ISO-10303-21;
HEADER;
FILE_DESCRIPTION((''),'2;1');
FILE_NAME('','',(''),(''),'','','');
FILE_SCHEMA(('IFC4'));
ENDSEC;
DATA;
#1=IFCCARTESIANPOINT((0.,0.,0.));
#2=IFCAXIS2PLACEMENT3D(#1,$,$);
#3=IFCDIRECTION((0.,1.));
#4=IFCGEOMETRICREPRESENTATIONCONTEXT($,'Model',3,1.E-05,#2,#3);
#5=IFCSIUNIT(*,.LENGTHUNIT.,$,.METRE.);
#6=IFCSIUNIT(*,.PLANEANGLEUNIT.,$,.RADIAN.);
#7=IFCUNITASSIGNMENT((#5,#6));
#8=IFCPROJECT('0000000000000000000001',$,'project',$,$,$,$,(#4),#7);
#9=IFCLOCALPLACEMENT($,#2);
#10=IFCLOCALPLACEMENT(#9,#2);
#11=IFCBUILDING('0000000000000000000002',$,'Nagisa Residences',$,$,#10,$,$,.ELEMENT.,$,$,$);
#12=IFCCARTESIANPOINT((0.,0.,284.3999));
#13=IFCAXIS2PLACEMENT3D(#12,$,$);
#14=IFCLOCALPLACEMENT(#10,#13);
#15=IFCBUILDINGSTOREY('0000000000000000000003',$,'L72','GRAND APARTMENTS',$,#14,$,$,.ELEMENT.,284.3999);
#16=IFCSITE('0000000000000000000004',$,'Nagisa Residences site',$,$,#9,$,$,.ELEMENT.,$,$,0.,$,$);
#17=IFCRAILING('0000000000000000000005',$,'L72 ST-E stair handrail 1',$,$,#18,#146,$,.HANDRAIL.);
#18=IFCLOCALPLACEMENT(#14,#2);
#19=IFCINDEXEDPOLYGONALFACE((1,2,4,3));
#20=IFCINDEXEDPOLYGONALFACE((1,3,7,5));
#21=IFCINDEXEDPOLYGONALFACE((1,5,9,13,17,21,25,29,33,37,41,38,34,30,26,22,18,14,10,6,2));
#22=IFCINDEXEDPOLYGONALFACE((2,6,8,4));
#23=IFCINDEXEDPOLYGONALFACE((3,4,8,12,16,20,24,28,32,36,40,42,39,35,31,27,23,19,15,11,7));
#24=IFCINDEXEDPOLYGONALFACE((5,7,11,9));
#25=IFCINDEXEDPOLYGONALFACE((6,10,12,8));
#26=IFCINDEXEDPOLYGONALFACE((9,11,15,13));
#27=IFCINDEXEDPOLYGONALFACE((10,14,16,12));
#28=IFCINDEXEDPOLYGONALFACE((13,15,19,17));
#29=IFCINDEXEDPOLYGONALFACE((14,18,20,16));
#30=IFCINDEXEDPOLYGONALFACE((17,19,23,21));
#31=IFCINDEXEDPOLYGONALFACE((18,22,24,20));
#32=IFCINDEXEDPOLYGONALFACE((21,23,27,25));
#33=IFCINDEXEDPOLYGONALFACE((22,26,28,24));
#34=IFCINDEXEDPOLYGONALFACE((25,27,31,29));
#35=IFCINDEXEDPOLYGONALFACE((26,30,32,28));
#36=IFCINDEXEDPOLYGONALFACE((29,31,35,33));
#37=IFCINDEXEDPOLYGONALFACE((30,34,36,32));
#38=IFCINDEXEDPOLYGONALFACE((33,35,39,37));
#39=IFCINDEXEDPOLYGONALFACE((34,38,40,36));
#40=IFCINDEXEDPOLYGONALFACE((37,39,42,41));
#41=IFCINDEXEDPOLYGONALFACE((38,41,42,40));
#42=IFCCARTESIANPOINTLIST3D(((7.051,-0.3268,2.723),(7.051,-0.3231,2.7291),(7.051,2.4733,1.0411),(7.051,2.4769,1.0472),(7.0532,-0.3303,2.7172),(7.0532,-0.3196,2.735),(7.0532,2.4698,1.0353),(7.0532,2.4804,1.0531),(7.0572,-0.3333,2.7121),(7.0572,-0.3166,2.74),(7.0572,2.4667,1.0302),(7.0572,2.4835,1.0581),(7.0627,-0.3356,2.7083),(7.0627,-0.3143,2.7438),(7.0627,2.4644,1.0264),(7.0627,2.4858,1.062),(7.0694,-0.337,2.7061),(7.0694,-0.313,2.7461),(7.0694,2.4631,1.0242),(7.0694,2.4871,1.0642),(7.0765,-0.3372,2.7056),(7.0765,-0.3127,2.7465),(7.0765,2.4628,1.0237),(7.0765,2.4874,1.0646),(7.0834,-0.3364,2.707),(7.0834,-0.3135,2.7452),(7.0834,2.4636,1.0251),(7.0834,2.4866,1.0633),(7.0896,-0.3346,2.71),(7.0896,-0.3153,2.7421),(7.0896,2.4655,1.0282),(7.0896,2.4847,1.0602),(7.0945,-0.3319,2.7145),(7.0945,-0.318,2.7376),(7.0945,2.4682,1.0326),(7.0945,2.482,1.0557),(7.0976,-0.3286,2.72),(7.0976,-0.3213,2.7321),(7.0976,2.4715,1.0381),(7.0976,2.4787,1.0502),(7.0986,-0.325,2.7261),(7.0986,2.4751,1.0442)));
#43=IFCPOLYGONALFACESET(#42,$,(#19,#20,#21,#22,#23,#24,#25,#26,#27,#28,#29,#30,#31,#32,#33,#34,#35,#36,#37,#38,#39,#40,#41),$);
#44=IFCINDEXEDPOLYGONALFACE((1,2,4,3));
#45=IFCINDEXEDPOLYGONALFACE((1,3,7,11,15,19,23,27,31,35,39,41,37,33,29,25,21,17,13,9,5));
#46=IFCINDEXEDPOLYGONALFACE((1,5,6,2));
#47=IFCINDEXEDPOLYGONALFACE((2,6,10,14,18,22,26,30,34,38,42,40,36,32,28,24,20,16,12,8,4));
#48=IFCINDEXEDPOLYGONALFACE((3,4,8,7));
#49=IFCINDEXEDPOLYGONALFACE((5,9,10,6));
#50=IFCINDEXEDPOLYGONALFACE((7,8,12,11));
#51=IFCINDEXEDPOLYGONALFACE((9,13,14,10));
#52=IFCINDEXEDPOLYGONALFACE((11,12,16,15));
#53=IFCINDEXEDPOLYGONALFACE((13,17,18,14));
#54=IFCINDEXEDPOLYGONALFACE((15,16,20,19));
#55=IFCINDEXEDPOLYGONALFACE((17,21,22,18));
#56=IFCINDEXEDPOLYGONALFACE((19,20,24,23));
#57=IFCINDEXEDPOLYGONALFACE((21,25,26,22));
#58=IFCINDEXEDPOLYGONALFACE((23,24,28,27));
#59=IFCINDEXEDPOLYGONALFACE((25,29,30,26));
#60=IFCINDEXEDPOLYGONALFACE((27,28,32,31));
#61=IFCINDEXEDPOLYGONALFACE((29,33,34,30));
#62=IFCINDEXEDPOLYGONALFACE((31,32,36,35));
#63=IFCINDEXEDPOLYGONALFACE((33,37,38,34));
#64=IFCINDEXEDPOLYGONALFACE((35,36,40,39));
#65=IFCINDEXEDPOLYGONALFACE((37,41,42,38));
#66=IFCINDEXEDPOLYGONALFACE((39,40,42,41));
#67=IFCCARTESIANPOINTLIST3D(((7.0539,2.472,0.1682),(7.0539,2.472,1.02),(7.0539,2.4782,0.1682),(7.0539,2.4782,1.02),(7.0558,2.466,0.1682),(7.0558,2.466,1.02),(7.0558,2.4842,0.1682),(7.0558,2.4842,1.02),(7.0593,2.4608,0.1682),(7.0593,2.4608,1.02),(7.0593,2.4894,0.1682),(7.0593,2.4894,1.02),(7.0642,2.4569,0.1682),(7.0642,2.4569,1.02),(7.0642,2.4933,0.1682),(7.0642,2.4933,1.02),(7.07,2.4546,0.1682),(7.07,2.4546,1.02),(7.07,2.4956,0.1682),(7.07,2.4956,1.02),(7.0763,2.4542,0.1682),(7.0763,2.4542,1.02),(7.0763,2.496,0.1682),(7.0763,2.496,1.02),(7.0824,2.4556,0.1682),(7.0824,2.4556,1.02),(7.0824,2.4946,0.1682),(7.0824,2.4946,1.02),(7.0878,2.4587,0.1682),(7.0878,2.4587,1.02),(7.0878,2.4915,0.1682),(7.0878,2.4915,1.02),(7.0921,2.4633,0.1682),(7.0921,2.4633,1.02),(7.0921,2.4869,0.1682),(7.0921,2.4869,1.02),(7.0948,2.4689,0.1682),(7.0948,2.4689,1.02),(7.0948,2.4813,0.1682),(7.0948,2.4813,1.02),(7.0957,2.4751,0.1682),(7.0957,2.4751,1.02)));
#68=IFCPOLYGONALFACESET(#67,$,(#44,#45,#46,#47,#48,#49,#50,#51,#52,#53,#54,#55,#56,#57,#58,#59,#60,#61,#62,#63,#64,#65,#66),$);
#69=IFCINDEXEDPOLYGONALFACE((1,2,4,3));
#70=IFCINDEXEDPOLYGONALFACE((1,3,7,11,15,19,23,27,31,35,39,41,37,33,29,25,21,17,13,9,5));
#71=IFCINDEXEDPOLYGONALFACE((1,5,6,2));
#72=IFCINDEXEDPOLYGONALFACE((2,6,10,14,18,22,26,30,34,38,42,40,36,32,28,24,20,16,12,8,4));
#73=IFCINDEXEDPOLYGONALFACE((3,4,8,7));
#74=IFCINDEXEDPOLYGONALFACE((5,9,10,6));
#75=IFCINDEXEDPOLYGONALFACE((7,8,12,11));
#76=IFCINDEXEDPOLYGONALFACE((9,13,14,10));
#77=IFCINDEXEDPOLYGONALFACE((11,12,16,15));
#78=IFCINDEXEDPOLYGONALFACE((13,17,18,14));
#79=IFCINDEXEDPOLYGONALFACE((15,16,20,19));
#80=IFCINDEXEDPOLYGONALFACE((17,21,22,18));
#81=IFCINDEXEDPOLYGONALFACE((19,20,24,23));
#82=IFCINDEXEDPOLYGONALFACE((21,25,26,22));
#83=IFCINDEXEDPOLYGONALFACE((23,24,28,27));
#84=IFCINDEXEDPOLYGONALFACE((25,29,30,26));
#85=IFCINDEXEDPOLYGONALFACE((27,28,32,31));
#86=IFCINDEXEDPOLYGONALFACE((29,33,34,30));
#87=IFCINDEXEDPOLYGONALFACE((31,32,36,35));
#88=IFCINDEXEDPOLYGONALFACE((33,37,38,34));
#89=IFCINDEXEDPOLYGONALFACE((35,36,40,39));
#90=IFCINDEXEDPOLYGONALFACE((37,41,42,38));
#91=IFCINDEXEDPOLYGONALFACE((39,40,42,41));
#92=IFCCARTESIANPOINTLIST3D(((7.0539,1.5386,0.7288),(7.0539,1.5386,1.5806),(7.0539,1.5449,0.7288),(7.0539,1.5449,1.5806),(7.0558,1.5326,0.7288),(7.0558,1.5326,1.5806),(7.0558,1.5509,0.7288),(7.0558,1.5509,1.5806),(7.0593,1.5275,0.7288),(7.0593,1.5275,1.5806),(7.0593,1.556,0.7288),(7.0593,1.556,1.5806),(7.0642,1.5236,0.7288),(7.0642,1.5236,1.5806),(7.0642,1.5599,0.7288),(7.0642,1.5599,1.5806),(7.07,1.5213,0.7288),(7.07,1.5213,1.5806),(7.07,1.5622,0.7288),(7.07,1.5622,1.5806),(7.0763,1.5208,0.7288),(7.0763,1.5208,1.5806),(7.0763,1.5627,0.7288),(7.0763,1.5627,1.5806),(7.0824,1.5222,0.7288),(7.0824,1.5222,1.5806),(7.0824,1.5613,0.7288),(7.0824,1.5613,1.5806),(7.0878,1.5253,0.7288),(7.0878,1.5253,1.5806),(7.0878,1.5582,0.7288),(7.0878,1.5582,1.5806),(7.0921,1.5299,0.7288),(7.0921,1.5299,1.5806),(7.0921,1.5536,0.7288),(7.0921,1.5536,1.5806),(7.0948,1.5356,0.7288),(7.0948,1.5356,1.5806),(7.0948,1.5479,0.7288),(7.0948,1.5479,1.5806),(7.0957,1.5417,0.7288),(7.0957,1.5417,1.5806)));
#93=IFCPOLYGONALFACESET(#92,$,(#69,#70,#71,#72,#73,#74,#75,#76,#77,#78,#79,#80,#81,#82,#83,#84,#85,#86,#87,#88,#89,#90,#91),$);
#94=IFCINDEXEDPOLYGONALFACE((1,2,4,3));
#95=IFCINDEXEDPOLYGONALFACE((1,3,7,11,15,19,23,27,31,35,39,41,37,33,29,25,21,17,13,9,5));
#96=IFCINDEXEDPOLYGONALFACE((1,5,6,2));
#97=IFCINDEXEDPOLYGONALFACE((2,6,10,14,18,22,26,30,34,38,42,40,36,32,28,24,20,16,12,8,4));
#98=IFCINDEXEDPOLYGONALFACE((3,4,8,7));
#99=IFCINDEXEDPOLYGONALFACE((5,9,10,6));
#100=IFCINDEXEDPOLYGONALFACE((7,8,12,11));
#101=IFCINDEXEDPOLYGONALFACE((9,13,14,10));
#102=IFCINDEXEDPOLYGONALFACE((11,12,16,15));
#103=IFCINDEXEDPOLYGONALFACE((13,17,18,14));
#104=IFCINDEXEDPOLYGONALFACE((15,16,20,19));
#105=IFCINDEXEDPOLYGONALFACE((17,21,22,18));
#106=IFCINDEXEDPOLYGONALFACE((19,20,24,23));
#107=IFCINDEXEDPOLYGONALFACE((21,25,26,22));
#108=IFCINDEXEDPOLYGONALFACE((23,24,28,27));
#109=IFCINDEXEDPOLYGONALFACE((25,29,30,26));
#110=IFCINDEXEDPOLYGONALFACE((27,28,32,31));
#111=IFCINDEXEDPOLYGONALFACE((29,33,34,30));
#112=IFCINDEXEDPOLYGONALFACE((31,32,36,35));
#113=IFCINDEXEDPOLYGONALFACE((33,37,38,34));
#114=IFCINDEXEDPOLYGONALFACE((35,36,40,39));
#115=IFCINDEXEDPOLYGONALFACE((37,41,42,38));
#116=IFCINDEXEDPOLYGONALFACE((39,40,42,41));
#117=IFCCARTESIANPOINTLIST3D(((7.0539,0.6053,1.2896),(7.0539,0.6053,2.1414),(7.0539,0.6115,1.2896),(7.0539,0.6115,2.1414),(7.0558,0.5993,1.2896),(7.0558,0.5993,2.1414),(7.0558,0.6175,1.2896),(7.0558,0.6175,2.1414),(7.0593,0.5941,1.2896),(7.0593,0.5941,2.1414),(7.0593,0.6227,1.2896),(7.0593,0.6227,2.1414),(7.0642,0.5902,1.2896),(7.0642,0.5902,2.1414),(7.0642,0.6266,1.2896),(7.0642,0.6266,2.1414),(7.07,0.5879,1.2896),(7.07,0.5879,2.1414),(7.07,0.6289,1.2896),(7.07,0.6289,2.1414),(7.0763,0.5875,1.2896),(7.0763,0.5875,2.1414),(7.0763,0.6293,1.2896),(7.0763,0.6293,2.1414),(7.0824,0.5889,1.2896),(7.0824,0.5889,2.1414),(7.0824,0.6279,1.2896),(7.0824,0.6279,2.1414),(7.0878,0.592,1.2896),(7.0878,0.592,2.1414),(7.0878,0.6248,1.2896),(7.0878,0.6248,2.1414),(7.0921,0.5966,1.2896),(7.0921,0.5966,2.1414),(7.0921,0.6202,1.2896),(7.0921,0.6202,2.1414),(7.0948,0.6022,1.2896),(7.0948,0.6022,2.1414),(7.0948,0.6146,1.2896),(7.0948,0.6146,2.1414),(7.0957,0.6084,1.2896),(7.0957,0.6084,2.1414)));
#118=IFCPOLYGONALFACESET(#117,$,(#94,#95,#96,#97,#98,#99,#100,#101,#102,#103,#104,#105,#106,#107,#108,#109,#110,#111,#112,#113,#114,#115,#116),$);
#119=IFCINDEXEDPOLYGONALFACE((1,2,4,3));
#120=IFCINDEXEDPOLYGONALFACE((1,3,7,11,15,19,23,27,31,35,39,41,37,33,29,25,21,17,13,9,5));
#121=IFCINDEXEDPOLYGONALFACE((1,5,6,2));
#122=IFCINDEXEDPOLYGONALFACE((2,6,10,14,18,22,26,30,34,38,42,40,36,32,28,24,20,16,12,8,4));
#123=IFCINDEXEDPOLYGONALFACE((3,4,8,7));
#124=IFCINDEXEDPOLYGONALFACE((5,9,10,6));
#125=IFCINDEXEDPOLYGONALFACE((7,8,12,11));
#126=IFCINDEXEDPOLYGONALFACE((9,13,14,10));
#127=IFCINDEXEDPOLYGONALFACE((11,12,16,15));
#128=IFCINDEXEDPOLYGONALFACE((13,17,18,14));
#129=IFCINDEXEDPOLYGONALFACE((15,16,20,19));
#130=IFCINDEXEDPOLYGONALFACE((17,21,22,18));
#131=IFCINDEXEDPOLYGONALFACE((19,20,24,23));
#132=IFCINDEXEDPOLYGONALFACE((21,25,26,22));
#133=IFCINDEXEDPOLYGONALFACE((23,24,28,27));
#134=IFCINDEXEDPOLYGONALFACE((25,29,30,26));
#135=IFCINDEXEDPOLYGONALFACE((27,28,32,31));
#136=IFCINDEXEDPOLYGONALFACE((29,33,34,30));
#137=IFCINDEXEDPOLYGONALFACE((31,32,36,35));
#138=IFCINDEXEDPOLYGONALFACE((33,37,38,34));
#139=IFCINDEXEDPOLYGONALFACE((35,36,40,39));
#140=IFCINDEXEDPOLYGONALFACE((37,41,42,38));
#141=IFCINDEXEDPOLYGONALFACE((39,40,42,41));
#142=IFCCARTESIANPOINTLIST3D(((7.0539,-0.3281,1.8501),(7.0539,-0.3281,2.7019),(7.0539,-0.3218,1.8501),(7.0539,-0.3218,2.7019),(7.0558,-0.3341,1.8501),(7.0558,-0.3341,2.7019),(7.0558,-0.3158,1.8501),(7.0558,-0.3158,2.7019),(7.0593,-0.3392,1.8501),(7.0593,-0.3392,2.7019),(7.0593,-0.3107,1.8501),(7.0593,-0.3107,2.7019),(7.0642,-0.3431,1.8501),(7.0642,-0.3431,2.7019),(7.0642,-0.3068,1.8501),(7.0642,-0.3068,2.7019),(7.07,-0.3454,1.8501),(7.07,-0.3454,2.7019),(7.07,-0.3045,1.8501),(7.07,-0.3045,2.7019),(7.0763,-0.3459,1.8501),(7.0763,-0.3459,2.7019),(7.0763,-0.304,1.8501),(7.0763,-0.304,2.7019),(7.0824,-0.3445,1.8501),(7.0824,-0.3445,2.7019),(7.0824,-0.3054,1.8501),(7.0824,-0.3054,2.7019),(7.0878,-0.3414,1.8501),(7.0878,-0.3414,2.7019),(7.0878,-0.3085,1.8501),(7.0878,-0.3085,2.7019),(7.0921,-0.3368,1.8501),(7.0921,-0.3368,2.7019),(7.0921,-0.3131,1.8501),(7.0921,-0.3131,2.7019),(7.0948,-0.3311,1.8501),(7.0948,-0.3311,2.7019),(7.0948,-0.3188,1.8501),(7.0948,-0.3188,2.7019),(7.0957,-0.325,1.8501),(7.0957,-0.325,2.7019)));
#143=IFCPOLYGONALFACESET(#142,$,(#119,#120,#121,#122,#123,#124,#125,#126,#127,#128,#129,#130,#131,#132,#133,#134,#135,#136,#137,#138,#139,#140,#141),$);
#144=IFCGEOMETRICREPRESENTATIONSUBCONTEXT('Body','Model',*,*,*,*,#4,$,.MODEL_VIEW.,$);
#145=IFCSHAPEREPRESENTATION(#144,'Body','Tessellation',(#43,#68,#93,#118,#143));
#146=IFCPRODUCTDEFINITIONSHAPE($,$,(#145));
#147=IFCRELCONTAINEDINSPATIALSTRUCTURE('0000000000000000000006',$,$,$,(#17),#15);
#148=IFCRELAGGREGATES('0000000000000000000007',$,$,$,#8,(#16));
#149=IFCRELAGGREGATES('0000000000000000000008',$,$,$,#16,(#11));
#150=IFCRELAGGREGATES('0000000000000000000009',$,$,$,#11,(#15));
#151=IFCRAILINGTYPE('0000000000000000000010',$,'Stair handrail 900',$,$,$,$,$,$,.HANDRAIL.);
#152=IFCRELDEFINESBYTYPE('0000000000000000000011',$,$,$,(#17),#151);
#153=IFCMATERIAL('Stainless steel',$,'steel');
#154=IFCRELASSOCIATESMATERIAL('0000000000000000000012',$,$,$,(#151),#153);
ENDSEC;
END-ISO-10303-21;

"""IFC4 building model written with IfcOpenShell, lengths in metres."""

from ifc_helpers import new_model, si_unit, direction, frame, origin, origin_2d, place, context, subcontext, project, spatial, circle, extrude, material, type_object, element, save


model = new_model("IFC4")

# Units and contexts
model_context = context("Model", 3, precision=1e-05, world=origin(), true_north=direction((0.0, 1.0)))
body_context = subcontext(model_context, "Body", "Model", "MODEL_VIEW")
ifc_project = project(units=[si_unit("LENGTHUNIT", "METRE"), si_unit("PLANEANGLEUNIT", "RADIAN")], contexts=[model_context])

# Site, building, storey
site_placement = place(None, origin())
site = spatial("IfcSite", under=ifc_project, at=site_placement, Name="Nagisa Residences site", CompositionType="ELEMENT", RefElevation=0.0)
building_placement = place(site_placement, origin())
building = spatial("IfcBuilding", under=site, at=building_placement, Name="Nagisa Residences", CompositionType="ELEMENT")
storey_placement = place(building_placement, frame((0.0, 0.0, 284.3999)))
storey = spatial("IfcBuildingStorey", under=building, at=storey_placement, Name="L72", Description="GRAND APARTMENTS", CompositionType="ELEMENT", Elevation=284.3999)

# Railing
ifc_material_1 = material(Name="Stainless steel", Category="steel")
railing_type_1 = type_object("IfcRailingType", Name="Stair handrail 900", PredefinedType="HANDRAIL", material=ifc_material_1)
railing_1_placement = place(storey_placement, frame((7.0747, 2.4751, 0.1682)))
element("IfcRailing", 1, at=railing_1_placement, inside=storey, type_object=railing_type_1, Name="L72 ST-E stair handrail 1", PredefinedType="HANDRAIL", context=body_context, shape_type="SweptSolid", body=[
    extrude(circle(Radius=0.0239, at=origin_2d()), frame((0.0, 0.0, 0.876), z_axis=(0.0, -0.857242, 0.514913), x_axis=(1.0, 0.0, 0.0)), (0.0, 0.0, 1.0), 3.2664),
    extrude(circle(Radius=0.021, at=origin_2d()), origin(), (0.0, 0.0, 1.0), 0.8518),
    extrude(circle(Radius=0.021, at=origin_2d()), frame((0.0, -0.9333, 0.5605)), (0.0, 0.0, 1.0), 0.8518),
    extrude(circle(Radius=0.021, at=origin_2d()), frame((0.0, -1.8667, 1.1213)), (0.0, 0.0, 1.0), 0.8518),
    extrude(circle(Radius=0.021, at=origin_2d()), frame((0.0, -2.8, 1.6819)), (0.0, 0.0, 1.0), 0.8518),
])

save(model, "model.ifc")
